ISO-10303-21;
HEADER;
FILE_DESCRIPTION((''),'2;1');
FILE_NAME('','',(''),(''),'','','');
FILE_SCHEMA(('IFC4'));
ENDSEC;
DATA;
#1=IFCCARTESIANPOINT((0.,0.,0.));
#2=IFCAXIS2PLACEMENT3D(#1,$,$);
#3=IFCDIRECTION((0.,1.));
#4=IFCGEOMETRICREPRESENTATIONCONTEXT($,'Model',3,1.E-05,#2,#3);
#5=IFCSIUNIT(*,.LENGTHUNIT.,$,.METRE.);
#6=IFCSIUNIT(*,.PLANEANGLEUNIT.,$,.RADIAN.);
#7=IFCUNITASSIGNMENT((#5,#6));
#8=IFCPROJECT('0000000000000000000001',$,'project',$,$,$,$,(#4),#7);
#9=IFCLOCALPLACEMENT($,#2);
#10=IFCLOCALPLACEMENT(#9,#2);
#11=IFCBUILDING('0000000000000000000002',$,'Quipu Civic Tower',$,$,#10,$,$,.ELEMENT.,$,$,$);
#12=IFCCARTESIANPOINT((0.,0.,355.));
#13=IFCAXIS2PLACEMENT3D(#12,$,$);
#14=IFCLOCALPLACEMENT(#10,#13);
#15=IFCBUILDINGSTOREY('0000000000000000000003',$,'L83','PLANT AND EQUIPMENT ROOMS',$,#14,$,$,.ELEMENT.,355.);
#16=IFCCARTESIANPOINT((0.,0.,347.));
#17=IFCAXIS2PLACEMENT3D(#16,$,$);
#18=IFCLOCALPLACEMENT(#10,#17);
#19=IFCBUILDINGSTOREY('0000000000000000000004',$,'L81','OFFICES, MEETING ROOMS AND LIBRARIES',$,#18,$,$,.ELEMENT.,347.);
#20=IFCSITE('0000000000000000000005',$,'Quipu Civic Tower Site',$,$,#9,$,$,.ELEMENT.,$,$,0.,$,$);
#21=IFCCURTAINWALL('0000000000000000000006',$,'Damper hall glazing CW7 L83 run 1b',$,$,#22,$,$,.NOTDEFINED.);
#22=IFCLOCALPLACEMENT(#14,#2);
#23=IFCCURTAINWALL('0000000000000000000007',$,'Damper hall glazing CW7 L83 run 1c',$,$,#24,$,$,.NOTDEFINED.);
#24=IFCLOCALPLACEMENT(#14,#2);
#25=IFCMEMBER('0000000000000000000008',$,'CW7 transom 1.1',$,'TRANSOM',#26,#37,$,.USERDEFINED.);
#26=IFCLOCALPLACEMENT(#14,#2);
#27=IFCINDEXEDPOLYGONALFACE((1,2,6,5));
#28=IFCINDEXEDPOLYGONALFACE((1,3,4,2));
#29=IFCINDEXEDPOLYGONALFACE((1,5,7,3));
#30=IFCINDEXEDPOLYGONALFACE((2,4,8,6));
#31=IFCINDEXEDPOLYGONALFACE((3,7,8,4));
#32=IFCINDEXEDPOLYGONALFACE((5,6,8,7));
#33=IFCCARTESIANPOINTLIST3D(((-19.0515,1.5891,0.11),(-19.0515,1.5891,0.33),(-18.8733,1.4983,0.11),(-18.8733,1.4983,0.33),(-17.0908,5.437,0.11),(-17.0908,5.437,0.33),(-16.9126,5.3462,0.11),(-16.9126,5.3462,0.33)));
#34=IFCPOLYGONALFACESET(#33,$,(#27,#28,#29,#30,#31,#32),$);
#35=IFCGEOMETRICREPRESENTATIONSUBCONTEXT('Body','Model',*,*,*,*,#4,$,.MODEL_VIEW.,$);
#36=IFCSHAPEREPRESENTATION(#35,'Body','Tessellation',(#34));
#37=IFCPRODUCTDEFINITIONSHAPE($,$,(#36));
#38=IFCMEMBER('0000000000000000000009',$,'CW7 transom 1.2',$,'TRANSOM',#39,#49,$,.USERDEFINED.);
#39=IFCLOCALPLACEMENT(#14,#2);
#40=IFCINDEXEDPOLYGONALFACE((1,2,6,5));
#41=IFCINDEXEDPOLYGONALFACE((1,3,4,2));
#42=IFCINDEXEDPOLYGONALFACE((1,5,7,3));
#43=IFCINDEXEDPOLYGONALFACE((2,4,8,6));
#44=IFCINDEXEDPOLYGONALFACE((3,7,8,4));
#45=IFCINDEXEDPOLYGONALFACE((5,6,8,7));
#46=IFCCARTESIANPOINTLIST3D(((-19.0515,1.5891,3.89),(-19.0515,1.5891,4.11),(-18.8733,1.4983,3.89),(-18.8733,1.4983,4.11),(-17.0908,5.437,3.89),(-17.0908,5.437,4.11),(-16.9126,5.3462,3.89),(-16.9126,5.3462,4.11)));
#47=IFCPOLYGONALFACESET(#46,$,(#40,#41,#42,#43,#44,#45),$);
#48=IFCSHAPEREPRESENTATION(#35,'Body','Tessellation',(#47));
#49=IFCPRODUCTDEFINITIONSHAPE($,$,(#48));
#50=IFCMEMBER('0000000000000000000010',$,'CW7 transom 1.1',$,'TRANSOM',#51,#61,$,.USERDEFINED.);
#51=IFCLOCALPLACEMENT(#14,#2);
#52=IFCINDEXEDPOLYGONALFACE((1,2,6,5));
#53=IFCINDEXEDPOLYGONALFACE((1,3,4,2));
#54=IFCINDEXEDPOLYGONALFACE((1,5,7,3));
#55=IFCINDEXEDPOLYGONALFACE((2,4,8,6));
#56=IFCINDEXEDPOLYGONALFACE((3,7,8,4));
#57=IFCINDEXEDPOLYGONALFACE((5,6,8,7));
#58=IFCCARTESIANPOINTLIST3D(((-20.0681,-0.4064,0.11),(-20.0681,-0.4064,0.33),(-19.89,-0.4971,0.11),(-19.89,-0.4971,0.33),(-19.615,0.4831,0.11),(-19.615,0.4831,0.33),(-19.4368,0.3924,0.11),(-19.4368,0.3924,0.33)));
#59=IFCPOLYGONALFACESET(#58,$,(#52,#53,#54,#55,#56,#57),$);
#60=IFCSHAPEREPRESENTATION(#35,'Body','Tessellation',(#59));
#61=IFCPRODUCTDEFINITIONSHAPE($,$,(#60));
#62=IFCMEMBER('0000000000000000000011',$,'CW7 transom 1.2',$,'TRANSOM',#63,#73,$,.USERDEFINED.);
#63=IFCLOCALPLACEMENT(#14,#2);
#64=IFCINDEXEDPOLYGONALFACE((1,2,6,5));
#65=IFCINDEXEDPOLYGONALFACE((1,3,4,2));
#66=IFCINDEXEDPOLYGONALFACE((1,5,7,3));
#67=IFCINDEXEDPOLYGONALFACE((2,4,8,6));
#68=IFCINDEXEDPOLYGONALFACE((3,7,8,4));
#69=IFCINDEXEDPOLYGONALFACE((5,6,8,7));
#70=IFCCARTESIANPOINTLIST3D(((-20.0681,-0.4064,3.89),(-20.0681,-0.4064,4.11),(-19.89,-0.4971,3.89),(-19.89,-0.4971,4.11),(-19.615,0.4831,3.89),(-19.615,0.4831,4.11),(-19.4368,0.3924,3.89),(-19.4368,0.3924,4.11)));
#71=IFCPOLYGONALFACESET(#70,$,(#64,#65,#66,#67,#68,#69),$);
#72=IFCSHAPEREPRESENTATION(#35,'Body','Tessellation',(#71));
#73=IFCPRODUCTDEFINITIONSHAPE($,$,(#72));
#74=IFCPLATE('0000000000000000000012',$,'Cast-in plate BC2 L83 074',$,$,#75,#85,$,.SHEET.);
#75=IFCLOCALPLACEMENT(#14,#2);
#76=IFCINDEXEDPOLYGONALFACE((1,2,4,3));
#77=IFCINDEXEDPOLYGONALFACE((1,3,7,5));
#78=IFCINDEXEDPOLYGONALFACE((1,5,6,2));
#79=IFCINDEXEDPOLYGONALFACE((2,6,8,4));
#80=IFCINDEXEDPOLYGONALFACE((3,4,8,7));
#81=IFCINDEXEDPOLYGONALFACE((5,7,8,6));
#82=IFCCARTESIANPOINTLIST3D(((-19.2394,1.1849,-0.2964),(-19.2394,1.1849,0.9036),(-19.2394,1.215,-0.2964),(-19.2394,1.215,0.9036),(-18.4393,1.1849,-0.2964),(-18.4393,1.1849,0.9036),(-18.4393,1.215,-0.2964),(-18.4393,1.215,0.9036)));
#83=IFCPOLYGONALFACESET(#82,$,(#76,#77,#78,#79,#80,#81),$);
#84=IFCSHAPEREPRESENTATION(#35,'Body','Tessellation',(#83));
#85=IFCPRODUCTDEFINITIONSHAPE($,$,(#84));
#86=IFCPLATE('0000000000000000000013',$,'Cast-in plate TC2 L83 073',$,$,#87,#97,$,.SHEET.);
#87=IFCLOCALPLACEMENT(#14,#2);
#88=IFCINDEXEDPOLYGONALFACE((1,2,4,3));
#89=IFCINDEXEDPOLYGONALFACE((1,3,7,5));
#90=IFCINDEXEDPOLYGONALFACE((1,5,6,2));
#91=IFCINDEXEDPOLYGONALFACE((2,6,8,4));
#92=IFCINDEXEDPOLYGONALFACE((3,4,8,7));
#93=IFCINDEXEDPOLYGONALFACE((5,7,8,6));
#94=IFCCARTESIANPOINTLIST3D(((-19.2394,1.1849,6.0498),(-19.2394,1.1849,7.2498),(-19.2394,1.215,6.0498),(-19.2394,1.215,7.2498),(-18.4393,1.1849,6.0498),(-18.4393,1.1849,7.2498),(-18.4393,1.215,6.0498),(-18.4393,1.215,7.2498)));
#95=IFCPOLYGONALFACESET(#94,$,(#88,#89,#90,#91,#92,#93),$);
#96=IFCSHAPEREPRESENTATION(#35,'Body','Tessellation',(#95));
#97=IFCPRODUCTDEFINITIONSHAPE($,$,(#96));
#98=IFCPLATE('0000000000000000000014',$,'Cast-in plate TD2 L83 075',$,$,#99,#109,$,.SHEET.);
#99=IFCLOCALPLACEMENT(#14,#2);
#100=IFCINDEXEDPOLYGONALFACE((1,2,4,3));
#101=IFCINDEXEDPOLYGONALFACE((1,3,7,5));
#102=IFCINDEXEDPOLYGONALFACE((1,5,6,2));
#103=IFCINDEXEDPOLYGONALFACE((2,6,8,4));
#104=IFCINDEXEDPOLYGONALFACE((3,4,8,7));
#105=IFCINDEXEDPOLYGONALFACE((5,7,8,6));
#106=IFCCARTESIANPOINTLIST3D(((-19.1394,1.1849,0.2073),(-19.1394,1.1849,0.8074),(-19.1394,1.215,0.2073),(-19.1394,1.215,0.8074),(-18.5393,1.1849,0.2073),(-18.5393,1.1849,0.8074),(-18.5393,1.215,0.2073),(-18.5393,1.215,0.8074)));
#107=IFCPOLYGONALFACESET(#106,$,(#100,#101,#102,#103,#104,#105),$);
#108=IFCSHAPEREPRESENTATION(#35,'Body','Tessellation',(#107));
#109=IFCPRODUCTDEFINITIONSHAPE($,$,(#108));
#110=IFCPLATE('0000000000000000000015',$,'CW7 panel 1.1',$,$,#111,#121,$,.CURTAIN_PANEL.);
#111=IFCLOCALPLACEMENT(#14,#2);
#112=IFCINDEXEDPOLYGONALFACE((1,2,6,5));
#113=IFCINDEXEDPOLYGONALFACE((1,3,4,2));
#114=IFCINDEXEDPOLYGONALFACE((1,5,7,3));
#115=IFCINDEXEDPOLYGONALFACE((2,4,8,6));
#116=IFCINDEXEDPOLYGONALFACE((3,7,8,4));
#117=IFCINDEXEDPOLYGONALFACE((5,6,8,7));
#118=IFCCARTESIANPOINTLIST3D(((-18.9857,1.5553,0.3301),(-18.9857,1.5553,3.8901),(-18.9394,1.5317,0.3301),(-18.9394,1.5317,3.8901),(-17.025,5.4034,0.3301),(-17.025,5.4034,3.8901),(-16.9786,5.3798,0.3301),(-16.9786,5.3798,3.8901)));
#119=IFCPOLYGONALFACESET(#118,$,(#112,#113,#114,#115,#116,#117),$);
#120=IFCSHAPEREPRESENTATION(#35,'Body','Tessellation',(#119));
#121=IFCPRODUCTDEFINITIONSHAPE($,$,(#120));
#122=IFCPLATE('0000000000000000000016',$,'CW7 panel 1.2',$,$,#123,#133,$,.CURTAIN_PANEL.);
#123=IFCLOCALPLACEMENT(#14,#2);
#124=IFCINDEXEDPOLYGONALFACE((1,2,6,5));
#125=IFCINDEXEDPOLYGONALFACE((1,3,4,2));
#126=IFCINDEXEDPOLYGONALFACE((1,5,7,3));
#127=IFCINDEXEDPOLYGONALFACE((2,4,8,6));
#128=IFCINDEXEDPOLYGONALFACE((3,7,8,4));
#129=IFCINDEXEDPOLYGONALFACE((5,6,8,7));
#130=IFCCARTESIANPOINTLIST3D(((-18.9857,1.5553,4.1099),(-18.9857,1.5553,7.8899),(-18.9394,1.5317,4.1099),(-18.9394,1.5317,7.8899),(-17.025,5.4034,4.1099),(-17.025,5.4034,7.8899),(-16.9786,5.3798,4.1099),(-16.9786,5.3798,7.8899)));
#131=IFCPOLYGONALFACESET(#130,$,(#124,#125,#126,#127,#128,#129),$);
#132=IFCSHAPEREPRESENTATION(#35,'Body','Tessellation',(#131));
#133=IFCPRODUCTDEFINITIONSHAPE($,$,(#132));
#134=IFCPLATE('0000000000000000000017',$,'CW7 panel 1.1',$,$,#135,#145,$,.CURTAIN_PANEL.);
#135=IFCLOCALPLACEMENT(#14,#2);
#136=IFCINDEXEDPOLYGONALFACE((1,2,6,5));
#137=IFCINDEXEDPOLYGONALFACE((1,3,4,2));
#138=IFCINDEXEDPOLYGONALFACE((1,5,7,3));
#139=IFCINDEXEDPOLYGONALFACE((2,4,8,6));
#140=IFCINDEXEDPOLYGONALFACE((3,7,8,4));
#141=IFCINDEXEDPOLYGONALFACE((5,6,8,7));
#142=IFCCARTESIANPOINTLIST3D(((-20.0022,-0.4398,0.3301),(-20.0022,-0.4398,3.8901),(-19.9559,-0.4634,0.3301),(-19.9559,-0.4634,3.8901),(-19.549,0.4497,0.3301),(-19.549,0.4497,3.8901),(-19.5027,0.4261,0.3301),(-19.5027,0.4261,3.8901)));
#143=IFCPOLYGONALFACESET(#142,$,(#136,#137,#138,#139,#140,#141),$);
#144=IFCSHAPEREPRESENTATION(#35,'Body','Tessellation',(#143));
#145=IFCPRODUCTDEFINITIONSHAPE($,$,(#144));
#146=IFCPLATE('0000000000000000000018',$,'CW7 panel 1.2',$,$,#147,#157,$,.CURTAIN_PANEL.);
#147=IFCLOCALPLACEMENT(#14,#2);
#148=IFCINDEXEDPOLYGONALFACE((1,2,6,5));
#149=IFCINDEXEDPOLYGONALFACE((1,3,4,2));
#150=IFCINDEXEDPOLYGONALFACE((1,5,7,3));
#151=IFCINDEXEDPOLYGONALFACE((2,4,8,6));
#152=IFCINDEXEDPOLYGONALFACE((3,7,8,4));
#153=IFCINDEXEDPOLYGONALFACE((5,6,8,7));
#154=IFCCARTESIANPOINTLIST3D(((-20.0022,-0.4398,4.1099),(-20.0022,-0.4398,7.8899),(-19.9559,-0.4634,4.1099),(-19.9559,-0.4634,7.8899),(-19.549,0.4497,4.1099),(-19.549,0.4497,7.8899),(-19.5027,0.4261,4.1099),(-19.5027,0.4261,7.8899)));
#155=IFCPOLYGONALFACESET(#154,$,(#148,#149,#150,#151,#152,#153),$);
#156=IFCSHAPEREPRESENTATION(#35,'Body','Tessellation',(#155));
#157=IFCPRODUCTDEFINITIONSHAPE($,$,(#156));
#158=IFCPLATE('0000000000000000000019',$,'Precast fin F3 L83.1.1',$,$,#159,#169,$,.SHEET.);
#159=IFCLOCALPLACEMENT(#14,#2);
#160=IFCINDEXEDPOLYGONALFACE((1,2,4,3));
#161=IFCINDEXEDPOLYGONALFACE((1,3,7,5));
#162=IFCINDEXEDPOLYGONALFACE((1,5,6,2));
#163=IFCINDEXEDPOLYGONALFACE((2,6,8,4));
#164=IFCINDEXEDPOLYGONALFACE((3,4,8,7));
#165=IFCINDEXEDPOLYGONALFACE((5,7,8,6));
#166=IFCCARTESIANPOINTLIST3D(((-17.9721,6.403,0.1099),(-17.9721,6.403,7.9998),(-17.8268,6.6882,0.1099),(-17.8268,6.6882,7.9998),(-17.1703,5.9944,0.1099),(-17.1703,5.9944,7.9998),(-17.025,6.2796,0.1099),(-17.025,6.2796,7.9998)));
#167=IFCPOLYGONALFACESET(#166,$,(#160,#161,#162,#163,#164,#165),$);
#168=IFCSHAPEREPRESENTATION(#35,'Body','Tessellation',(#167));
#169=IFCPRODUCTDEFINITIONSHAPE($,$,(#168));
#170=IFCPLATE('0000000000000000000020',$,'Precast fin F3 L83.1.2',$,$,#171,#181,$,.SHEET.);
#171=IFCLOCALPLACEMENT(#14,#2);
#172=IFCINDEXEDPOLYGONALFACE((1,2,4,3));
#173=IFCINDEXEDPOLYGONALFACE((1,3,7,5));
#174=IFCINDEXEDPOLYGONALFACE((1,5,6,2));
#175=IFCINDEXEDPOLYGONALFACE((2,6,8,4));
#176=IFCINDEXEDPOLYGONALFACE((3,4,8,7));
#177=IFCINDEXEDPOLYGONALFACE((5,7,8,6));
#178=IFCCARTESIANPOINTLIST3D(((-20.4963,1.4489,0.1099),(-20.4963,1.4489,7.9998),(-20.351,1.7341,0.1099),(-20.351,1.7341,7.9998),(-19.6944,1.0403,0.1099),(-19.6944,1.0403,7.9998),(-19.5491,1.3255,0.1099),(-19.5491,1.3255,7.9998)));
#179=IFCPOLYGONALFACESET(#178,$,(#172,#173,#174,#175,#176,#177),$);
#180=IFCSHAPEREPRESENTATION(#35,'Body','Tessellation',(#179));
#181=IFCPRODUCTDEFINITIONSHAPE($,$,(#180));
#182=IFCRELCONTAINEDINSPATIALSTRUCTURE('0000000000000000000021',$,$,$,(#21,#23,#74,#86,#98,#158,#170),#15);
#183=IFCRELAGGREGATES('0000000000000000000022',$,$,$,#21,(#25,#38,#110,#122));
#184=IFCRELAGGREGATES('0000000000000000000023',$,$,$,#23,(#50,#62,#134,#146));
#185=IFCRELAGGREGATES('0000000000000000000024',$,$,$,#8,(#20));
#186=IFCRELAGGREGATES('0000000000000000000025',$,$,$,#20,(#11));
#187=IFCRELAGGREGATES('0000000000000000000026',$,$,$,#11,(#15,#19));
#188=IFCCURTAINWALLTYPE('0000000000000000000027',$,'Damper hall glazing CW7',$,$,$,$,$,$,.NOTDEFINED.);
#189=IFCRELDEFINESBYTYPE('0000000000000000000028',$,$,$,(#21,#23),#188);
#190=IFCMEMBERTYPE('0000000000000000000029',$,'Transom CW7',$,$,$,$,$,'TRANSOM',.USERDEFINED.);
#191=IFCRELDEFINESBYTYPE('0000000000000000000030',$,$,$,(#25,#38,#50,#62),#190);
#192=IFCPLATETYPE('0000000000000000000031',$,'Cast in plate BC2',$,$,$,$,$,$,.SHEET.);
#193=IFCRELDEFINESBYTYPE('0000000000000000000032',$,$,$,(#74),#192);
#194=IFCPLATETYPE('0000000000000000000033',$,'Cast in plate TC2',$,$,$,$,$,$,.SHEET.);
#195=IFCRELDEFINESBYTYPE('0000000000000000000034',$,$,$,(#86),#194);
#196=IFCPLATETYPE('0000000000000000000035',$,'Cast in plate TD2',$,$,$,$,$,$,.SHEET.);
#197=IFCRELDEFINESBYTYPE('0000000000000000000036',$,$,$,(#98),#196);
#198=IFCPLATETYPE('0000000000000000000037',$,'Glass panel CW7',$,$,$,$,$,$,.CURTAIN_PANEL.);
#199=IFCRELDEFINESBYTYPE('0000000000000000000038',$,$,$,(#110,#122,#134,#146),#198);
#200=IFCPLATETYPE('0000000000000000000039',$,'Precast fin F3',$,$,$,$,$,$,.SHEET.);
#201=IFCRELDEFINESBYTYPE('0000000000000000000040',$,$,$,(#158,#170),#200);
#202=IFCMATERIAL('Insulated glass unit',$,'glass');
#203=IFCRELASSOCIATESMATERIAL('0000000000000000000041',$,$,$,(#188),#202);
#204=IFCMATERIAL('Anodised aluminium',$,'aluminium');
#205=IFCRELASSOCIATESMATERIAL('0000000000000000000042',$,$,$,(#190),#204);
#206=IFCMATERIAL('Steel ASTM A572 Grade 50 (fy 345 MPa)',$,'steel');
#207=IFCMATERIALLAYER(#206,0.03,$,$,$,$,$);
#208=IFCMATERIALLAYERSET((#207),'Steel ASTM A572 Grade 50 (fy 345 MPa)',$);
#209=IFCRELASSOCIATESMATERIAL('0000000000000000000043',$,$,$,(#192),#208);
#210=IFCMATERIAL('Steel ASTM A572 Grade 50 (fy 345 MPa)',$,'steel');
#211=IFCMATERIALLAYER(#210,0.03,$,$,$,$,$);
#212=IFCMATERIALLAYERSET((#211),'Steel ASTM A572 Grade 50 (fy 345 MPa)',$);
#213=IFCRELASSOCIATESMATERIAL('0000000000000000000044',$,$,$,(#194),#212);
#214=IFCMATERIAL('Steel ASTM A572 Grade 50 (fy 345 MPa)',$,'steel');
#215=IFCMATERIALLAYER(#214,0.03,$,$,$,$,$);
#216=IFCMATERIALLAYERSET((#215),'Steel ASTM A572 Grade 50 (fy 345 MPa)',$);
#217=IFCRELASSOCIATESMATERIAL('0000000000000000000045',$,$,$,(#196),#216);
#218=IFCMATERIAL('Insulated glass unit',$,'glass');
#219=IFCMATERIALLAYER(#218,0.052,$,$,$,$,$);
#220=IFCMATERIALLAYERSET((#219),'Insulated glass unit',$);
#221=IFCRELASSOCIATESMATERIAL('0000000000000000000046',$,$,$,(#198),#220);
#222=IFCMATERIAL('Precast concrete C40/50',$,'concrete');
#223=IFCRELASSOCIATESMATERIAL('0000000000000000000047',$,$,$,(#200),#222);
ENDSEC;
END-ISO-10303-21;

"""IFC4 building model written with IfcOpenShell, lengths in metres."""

from ifc_helpers import new_model, si_unit, direction, frame, origin, origin_2d, place, context, subcontext, project, spatial, rectangle, extrude, material, layer, layer_set, material_profile, profile_set, type_object, element, aggregate, save


model = new_model("IFC4")

# Units and contexts
model_context = context("Model", 3, precision=1e-05, world=origin(), true_north=direction((0.0, 1.0)))
body_context = subcontext(model_context, "Body", "Model", "MODEL_VIEW")
ifc_project = project(units=[si_unit("LENGTHUNIT", "METRE"), si_unit("PLANEANGLEUNIT", "RADIAN")], contexts=[model_context])

# Site, building, storey
site_placement = place(None, origin())
site = spatial("IfcSite", under=ifc_project, at=site_placement, Name="Quipu Civic Tower Site", CompositionType="ELEMENT", RefElevation=0.0)
building_placement = place(site_placement, origin())
building = spatial("IfcBuilding", under=site, at=building_placement, Name="Quipu Civic Tower", CompositionType="ELEMENT")
storey_1_placement = place(building_placement, frame((0.0, 0.0, 355.0)))
storey_1 = spatial("IfcBuildingStorey", under=building, at=storey_1_placement, Name="L83", Description="PLANT AND EQUIPMENT ROOMS", CompositionType="ELEMENT", Elevation=355.0)

# Curtain wall
ifc_material_1 = material(Name="Insulated glass unit", Category="glass")
curtain_wall_type_1 = type_object("IfcCurtainWallType", Name="Damper hall glazing CW7", PredefinedType="NOTDEFINED", material=ifc_material_1)
curtain_wall_1_placement = place(storey_1_placement, origin())
curtain_wall_1 = element("IfcCurtainWall", 1, at=curtain_wall_1_placement, inside=storey_1, type_object=curtain_wall_type_1, Name="Damper hall glazing CW7 L83 run 1b", PredefinedType="NOTDEFINED")

# Curtain wall
curtain_wall_2_placement = place(storey_1_placement, origin())
curtain_wall_2 = element("IfcCurtainWall", 2, at=curtain_wall_2_placement, inside=storey_1, type_object=curtain_wall_type_1, Name="Damper hall glazing CW7 L83 run 1c", PredefinedType="NOTDEFINED")

# Shared definitions
storey_2_placement = place(building_placement, frame((0.0, 0.0, 347.0)))
storey_2 = spatial("IfcBuildingStorey", under=building, at=storey_2_placement, Name="L81", Description="OFFICES, MEETING ROOMS AND LIBRARIES", CompositionType="ELEMENT", Elevation=347.0)

# Members
ifc_material_2 = material(Name="Anodised aluminium", Category="aluminium")
ifc_material_profile_1 = material_profile(ifc_material_2, rectangle(XDim=0.2, YDim=0.22, at=origin_2d()), Name="RECT 200x220")
ifc_profile_set_1 = profile_set([ifc_material_profile_1], Name="Anodised aluminium")
member_type_1 = type_object("IfcMemberType", Name="Transom CW7", ElementType="TRANSOM", PredefinedType="USERDEFINED", material=ifc_profile_set_1)
member_1_placement = place(storey_1_placement, frame((-17.0017, 5.3916, 0.22), z_axis=(-0.454007, -0.890998, 0.0), x_axis=(0.890998, -0.454007, 0.0)))
member_1 = element("IfcMember", 3, at=member_1_placement, type_object=member_type_1, Name="CW7 transom 1.1", ObjectType="TRANSOM", PredefinedType="USERDEFINED", context=body_context, shape_type="SweptSolid", body=[
    extrude(rectangle(XDim=0.2, YDim=0.22, at=origin_2d()), origin(), (0.0, 0.0, 1.0), 4.3186),
])
member_2_placement = place(storey_1_placement, frame((-17.0017, 5.3916, 4.0), z_axis=(-0.454007, -0.890998, 0.0), x_axis=(0.890998, -0.454007, 0.0)))
member_2 = element("IfcMember", 4, at=member_2_placement, type_object=member_type_1, Name="CW7 transom 1.2", ObjectType="TRANSOM", PredefinedType="USERDEFINED", context=body_context, shape_type="SweptSolid", body=[
    extrude(rectangle(XDim=0.2, YDim=0.22, at=origin_2d()), origin(), (0.0, 0.0, 1.0), 4.3186),
])
member_3_placement = place(storey_1_placement, frame((-19.5259, 0.4377, 0.22), z_axis=(-0.453951, -0.891026, 0.0), x_axis=(0.891026, -0.453951, 0.0)))
member_3 = element("IfcMember", 5, at=member_3_placement, type_object=member_type_1, Name="CW7 transom 1.1", ObjectType="TRANSOM", PredefinedType="USERDEFINED", context=body_context, shape_type="SweptSolid", body=[
    extrude(rectangle(XDim=0.2, YDim=0.22, at=origin_2d()), origin(), (0.0, 0.0, 1.0), 0.9983),
])
member_4_placement = place(storey_1_placement, frame((-19.5259, 0.4377, 4.0), z_axis=(-0.453951, -0.891026, 0.0), x_axis=(0.891026, -0.453951, 0.0)))
member_4 = element("IfcMember", 6, at=member_4_placement, type_object=member_type_1, Name="CW7 transom 1.2", ObjectType="TRANSOM", PredefinedType="USERDEFINED", context=body_context, shape_type="SweptSolid", body=[
    extrude(rectangle(XDim=0.2, YDim=0.22, at=origin_2d()), origin(), (0.0, 0.0, 1.0), 0.9983),
])

# Plates
ifc_material_3 = material(Name="Steel ASTM A572 Grade 50 (fy 345 MPa)", Category="steel")
ifc_layer_1 = layer(ifc_material_3, 0.03)
ifc_layer_set_1 = layer_set([ifc_layer_1], Name="Steel ASTM A572 Grade 50 (fy 345 MPa)")
plate_type_1 = type_object("IfcPlateType", Name="Cast in plate BC2", PredefinedType="SHEET", material=ifc_layer_set_1)
plate_1_placement = place(storey_1_placement, frame((-18.8394, 1.2, -0.2964), z_axis=(0.0, 0.0, 1.0), x_axis=(1.0, 0.0, 0.0)))
element("IfcPlate", 7, at=plate_1_placement, inside=storey_1, type_object=plate_type_1, Name="Cast-in plate BC2 L83 074", PredefinedType="SHEET", context=body_context, shape_type="SweptSolid", body=[
    extrude(rectangle(XDim=0.8, YDim=0.03, at=origin_2d()), origin(), (0.0, 0.0, 1.0), 1.2),
])
ifc_material_4 = material(Name="Steel ASTM A572 Grade 50 (fy 345 MPa)", Category="steel")
ifc_layer_2 = layer(ifc_material_4, 0.03)
ifc_layer_set_2 = layer_set([ifc_layer_2], Name="Steel ASTM A572 Grade 50 (fy 345 MPa)")
plate_type_2 = type_object("IfcPlateType", Name="Cast in plate TC2", PredefinedType="SHEET", material=ifc_layer_set_2)
plate_2_placement = place(storey_1_placement, frame((-18.8394, 1.2, 6.0498), z_axis=(0.0, 0.0, 1.0), x_axis=(1.0, 0.0, 0.0)))
element("IfcPlate", 8, at=plate_2_placement, inside=storey_1, type_object=plate_type_2, Name="Cast-in plate TC2 L83 073", PredefinedType="SHEET", context=body_context, shape_type="SweptSolid", body=[
    extrude(rectangle(XDim=0.8, YDim=0.03, at=origin_2d()), origin(), (0.0, 0.0, 1.0), 1.2),
])
ifc_material_5 = material(Name="Steel ASTM A572 Grade 50 (fy 345 MPa)", Category="steel")
ifc_layer_3 = layer(ifc_material_5, 0.03)
ifc_layer_set_3 = layer_set([ifc_layer_3], Name="Steel ASTM A572 Grade 50 (fy 345 MPa)")
plate_type_3 = type_object("IfcPlateType", Name="Cast in plate TD2", PredefinedType="SHEET", material=ifc_layer_set_3)
plate_3_placement = place(storey_1_placement, frame((-18.8394, 1.2, 0.2073), z_axis=(0.0, 0.0, 1.0), x_axis=(1.0, 0.0, 0.0)))
element("IfcPlate", 9, at=plate_3_placement, inside=storey_1, type_object=plate_type_3, Name="Cast-in plate TD2 L83 075", PredefinedType="SHEET", context=body_context, shape_type="SweptSolid", body=[
    extrude(rectangle(XDim=0.6001, YDim=0.03, at=origin_2d()), origin(), (0.0, 0.0, 1.0), 0.6001),
])

# Plates
ifc_material_6 = material(Name="Insulated glass unit", Category="glass")
ifc_layer_4 = layer(ifc_material_6, 0.052)
ifc_layer_set_4 = layer_set([ifc_layer_4], Name="Insulated glass unit")
plate_type_4 = type_object("IfcPlateType", Name="Glass panel CW7", PredefinedType="CURTAIN_PANEL", material=ifc_layer_set_4)
plate_4_placement = place(storey_1_placement, frame((-17.9822, 3.4675, 0.3301), z_axis=(0.0, 0.0, 1.0), x_axis=(-0.453997, -0.891003, 0.0)))
plate_4 = element("IfcPlate", 10, at=plate_4_placement, type_object=plate_type_4, Name="CW7 panel 1.1", PredefinedType="CURTAIN_PANEL", context=body_context, shape_type="SweptSolid", body=[
    extrude(rectangle(XDim=4.3188, YDim=0.052, at=origin_2d()), origin(), (0.0, 0.0, 1.0), 3.5601),
])
plate_5_placement = place(storey_1_placement, frame((-17.9822, 3.4675, 4.1099), z_axis=(0.0, 0.0, 1.0), x_axis=(-0.453997, -0.891003, 0.0)))
plate_5 = element("IfcPlate", 11, at=plate_5_placement, type_object=plate_type_4, Name="CW7 panel 1.2", PredefinedType="CURTAIN_PANEL", context=body_context, shape_type="SweptSolid", body=[
    extrude(rectangle(XDim=4.3188, YDim=0.052, at=origin_2d()), origin(), (0.0, 0.0, 1.0), 3.78),
])
aggregate(curtain_wall_1, [member_1, member_2, plate_4, plate_5])
plate_6_placement = place(storey_1_placement, frame((-19.7524, -0.0068, 0.3301), z_axis=(0.0, 0.0, 1.0), x_axis=(-0.454003, -0.891, 0.0)))
plate_6 = element("IfcPlate", 12, at=plate_6_placement, type_object=plate_type_4, Name="CW7 panel 1.1", PredefinedType="CURTAIN_PANEL", context=body_context, shape_type="SweptSolid", body=[
    extrude(rectangle(XDim=0.9983, YDim=0.052, at=origin_2d()), origin(), (0.0, 0.0, 1.0), 3.5601),
])
plate_7_placement = place(storey_1_placement, frame((-19.7524, -0.0068, 4.1099), z_axis=(0.0, 0.0, 1.0), x_axis=(-0.454003, -0.891, 0.0)))
plate_7 = element("IfcPlate", 13, at=plate_7_placement, type_object=plate_type_4, Name="CW7 panel 1.2", PredefinedType="CURTAIN_PANEL", context=body_context, shape_type="SweptSolid", body=[
    extrude(rectangle(XDim=0.9983, YDim=0.052, at=origin_2d()), origin(), (0.0, 0.0, 1.0), 3.78),
])
aggregate(curtain_wall_2, [member_3, member_4, plate_6, plate_7])

# Plates
ifc_material_7 = material(Name="Precast concrete C40/50", Category="concrete")
plate_type_5 = type_object("IfcPlateType", Name="Precast fin F3", PredefinedType="SHEET", material=ifc_material_7)
for number, where, z_axis, x_axis, name in (
    (14, (-17.4985, 6.3413, 0.1099), (0.0, 0.0, 1.0), (-0.45399, -0.891007, 0.0), "Precast fin F3 L83.1.1"),
    (15, (-20.0227, 1.3872, 0.1099), (0.0, 0.0, 1.0), (-0.45399, -0.891007, 0.0), "Precast fin F3 L83.1.2"),
):
    element("IfcPlate", number, at=place(storey_1_placement, frame(where, z_axis=z_axis, x_axis=x_axis)), inside=storey_1, type_object=plate_type_5, Name=name, PredefinedType="SHEET", context=body_context, shape_type="SweptSolid", body=[
        extrude(rectangle(XDim=0.3201, YDim=0.8999, at=origin_2d()), origin(), (0.0, 0.0, 1.0), 7.8899),
    ])

save(model, "model.ifc")
